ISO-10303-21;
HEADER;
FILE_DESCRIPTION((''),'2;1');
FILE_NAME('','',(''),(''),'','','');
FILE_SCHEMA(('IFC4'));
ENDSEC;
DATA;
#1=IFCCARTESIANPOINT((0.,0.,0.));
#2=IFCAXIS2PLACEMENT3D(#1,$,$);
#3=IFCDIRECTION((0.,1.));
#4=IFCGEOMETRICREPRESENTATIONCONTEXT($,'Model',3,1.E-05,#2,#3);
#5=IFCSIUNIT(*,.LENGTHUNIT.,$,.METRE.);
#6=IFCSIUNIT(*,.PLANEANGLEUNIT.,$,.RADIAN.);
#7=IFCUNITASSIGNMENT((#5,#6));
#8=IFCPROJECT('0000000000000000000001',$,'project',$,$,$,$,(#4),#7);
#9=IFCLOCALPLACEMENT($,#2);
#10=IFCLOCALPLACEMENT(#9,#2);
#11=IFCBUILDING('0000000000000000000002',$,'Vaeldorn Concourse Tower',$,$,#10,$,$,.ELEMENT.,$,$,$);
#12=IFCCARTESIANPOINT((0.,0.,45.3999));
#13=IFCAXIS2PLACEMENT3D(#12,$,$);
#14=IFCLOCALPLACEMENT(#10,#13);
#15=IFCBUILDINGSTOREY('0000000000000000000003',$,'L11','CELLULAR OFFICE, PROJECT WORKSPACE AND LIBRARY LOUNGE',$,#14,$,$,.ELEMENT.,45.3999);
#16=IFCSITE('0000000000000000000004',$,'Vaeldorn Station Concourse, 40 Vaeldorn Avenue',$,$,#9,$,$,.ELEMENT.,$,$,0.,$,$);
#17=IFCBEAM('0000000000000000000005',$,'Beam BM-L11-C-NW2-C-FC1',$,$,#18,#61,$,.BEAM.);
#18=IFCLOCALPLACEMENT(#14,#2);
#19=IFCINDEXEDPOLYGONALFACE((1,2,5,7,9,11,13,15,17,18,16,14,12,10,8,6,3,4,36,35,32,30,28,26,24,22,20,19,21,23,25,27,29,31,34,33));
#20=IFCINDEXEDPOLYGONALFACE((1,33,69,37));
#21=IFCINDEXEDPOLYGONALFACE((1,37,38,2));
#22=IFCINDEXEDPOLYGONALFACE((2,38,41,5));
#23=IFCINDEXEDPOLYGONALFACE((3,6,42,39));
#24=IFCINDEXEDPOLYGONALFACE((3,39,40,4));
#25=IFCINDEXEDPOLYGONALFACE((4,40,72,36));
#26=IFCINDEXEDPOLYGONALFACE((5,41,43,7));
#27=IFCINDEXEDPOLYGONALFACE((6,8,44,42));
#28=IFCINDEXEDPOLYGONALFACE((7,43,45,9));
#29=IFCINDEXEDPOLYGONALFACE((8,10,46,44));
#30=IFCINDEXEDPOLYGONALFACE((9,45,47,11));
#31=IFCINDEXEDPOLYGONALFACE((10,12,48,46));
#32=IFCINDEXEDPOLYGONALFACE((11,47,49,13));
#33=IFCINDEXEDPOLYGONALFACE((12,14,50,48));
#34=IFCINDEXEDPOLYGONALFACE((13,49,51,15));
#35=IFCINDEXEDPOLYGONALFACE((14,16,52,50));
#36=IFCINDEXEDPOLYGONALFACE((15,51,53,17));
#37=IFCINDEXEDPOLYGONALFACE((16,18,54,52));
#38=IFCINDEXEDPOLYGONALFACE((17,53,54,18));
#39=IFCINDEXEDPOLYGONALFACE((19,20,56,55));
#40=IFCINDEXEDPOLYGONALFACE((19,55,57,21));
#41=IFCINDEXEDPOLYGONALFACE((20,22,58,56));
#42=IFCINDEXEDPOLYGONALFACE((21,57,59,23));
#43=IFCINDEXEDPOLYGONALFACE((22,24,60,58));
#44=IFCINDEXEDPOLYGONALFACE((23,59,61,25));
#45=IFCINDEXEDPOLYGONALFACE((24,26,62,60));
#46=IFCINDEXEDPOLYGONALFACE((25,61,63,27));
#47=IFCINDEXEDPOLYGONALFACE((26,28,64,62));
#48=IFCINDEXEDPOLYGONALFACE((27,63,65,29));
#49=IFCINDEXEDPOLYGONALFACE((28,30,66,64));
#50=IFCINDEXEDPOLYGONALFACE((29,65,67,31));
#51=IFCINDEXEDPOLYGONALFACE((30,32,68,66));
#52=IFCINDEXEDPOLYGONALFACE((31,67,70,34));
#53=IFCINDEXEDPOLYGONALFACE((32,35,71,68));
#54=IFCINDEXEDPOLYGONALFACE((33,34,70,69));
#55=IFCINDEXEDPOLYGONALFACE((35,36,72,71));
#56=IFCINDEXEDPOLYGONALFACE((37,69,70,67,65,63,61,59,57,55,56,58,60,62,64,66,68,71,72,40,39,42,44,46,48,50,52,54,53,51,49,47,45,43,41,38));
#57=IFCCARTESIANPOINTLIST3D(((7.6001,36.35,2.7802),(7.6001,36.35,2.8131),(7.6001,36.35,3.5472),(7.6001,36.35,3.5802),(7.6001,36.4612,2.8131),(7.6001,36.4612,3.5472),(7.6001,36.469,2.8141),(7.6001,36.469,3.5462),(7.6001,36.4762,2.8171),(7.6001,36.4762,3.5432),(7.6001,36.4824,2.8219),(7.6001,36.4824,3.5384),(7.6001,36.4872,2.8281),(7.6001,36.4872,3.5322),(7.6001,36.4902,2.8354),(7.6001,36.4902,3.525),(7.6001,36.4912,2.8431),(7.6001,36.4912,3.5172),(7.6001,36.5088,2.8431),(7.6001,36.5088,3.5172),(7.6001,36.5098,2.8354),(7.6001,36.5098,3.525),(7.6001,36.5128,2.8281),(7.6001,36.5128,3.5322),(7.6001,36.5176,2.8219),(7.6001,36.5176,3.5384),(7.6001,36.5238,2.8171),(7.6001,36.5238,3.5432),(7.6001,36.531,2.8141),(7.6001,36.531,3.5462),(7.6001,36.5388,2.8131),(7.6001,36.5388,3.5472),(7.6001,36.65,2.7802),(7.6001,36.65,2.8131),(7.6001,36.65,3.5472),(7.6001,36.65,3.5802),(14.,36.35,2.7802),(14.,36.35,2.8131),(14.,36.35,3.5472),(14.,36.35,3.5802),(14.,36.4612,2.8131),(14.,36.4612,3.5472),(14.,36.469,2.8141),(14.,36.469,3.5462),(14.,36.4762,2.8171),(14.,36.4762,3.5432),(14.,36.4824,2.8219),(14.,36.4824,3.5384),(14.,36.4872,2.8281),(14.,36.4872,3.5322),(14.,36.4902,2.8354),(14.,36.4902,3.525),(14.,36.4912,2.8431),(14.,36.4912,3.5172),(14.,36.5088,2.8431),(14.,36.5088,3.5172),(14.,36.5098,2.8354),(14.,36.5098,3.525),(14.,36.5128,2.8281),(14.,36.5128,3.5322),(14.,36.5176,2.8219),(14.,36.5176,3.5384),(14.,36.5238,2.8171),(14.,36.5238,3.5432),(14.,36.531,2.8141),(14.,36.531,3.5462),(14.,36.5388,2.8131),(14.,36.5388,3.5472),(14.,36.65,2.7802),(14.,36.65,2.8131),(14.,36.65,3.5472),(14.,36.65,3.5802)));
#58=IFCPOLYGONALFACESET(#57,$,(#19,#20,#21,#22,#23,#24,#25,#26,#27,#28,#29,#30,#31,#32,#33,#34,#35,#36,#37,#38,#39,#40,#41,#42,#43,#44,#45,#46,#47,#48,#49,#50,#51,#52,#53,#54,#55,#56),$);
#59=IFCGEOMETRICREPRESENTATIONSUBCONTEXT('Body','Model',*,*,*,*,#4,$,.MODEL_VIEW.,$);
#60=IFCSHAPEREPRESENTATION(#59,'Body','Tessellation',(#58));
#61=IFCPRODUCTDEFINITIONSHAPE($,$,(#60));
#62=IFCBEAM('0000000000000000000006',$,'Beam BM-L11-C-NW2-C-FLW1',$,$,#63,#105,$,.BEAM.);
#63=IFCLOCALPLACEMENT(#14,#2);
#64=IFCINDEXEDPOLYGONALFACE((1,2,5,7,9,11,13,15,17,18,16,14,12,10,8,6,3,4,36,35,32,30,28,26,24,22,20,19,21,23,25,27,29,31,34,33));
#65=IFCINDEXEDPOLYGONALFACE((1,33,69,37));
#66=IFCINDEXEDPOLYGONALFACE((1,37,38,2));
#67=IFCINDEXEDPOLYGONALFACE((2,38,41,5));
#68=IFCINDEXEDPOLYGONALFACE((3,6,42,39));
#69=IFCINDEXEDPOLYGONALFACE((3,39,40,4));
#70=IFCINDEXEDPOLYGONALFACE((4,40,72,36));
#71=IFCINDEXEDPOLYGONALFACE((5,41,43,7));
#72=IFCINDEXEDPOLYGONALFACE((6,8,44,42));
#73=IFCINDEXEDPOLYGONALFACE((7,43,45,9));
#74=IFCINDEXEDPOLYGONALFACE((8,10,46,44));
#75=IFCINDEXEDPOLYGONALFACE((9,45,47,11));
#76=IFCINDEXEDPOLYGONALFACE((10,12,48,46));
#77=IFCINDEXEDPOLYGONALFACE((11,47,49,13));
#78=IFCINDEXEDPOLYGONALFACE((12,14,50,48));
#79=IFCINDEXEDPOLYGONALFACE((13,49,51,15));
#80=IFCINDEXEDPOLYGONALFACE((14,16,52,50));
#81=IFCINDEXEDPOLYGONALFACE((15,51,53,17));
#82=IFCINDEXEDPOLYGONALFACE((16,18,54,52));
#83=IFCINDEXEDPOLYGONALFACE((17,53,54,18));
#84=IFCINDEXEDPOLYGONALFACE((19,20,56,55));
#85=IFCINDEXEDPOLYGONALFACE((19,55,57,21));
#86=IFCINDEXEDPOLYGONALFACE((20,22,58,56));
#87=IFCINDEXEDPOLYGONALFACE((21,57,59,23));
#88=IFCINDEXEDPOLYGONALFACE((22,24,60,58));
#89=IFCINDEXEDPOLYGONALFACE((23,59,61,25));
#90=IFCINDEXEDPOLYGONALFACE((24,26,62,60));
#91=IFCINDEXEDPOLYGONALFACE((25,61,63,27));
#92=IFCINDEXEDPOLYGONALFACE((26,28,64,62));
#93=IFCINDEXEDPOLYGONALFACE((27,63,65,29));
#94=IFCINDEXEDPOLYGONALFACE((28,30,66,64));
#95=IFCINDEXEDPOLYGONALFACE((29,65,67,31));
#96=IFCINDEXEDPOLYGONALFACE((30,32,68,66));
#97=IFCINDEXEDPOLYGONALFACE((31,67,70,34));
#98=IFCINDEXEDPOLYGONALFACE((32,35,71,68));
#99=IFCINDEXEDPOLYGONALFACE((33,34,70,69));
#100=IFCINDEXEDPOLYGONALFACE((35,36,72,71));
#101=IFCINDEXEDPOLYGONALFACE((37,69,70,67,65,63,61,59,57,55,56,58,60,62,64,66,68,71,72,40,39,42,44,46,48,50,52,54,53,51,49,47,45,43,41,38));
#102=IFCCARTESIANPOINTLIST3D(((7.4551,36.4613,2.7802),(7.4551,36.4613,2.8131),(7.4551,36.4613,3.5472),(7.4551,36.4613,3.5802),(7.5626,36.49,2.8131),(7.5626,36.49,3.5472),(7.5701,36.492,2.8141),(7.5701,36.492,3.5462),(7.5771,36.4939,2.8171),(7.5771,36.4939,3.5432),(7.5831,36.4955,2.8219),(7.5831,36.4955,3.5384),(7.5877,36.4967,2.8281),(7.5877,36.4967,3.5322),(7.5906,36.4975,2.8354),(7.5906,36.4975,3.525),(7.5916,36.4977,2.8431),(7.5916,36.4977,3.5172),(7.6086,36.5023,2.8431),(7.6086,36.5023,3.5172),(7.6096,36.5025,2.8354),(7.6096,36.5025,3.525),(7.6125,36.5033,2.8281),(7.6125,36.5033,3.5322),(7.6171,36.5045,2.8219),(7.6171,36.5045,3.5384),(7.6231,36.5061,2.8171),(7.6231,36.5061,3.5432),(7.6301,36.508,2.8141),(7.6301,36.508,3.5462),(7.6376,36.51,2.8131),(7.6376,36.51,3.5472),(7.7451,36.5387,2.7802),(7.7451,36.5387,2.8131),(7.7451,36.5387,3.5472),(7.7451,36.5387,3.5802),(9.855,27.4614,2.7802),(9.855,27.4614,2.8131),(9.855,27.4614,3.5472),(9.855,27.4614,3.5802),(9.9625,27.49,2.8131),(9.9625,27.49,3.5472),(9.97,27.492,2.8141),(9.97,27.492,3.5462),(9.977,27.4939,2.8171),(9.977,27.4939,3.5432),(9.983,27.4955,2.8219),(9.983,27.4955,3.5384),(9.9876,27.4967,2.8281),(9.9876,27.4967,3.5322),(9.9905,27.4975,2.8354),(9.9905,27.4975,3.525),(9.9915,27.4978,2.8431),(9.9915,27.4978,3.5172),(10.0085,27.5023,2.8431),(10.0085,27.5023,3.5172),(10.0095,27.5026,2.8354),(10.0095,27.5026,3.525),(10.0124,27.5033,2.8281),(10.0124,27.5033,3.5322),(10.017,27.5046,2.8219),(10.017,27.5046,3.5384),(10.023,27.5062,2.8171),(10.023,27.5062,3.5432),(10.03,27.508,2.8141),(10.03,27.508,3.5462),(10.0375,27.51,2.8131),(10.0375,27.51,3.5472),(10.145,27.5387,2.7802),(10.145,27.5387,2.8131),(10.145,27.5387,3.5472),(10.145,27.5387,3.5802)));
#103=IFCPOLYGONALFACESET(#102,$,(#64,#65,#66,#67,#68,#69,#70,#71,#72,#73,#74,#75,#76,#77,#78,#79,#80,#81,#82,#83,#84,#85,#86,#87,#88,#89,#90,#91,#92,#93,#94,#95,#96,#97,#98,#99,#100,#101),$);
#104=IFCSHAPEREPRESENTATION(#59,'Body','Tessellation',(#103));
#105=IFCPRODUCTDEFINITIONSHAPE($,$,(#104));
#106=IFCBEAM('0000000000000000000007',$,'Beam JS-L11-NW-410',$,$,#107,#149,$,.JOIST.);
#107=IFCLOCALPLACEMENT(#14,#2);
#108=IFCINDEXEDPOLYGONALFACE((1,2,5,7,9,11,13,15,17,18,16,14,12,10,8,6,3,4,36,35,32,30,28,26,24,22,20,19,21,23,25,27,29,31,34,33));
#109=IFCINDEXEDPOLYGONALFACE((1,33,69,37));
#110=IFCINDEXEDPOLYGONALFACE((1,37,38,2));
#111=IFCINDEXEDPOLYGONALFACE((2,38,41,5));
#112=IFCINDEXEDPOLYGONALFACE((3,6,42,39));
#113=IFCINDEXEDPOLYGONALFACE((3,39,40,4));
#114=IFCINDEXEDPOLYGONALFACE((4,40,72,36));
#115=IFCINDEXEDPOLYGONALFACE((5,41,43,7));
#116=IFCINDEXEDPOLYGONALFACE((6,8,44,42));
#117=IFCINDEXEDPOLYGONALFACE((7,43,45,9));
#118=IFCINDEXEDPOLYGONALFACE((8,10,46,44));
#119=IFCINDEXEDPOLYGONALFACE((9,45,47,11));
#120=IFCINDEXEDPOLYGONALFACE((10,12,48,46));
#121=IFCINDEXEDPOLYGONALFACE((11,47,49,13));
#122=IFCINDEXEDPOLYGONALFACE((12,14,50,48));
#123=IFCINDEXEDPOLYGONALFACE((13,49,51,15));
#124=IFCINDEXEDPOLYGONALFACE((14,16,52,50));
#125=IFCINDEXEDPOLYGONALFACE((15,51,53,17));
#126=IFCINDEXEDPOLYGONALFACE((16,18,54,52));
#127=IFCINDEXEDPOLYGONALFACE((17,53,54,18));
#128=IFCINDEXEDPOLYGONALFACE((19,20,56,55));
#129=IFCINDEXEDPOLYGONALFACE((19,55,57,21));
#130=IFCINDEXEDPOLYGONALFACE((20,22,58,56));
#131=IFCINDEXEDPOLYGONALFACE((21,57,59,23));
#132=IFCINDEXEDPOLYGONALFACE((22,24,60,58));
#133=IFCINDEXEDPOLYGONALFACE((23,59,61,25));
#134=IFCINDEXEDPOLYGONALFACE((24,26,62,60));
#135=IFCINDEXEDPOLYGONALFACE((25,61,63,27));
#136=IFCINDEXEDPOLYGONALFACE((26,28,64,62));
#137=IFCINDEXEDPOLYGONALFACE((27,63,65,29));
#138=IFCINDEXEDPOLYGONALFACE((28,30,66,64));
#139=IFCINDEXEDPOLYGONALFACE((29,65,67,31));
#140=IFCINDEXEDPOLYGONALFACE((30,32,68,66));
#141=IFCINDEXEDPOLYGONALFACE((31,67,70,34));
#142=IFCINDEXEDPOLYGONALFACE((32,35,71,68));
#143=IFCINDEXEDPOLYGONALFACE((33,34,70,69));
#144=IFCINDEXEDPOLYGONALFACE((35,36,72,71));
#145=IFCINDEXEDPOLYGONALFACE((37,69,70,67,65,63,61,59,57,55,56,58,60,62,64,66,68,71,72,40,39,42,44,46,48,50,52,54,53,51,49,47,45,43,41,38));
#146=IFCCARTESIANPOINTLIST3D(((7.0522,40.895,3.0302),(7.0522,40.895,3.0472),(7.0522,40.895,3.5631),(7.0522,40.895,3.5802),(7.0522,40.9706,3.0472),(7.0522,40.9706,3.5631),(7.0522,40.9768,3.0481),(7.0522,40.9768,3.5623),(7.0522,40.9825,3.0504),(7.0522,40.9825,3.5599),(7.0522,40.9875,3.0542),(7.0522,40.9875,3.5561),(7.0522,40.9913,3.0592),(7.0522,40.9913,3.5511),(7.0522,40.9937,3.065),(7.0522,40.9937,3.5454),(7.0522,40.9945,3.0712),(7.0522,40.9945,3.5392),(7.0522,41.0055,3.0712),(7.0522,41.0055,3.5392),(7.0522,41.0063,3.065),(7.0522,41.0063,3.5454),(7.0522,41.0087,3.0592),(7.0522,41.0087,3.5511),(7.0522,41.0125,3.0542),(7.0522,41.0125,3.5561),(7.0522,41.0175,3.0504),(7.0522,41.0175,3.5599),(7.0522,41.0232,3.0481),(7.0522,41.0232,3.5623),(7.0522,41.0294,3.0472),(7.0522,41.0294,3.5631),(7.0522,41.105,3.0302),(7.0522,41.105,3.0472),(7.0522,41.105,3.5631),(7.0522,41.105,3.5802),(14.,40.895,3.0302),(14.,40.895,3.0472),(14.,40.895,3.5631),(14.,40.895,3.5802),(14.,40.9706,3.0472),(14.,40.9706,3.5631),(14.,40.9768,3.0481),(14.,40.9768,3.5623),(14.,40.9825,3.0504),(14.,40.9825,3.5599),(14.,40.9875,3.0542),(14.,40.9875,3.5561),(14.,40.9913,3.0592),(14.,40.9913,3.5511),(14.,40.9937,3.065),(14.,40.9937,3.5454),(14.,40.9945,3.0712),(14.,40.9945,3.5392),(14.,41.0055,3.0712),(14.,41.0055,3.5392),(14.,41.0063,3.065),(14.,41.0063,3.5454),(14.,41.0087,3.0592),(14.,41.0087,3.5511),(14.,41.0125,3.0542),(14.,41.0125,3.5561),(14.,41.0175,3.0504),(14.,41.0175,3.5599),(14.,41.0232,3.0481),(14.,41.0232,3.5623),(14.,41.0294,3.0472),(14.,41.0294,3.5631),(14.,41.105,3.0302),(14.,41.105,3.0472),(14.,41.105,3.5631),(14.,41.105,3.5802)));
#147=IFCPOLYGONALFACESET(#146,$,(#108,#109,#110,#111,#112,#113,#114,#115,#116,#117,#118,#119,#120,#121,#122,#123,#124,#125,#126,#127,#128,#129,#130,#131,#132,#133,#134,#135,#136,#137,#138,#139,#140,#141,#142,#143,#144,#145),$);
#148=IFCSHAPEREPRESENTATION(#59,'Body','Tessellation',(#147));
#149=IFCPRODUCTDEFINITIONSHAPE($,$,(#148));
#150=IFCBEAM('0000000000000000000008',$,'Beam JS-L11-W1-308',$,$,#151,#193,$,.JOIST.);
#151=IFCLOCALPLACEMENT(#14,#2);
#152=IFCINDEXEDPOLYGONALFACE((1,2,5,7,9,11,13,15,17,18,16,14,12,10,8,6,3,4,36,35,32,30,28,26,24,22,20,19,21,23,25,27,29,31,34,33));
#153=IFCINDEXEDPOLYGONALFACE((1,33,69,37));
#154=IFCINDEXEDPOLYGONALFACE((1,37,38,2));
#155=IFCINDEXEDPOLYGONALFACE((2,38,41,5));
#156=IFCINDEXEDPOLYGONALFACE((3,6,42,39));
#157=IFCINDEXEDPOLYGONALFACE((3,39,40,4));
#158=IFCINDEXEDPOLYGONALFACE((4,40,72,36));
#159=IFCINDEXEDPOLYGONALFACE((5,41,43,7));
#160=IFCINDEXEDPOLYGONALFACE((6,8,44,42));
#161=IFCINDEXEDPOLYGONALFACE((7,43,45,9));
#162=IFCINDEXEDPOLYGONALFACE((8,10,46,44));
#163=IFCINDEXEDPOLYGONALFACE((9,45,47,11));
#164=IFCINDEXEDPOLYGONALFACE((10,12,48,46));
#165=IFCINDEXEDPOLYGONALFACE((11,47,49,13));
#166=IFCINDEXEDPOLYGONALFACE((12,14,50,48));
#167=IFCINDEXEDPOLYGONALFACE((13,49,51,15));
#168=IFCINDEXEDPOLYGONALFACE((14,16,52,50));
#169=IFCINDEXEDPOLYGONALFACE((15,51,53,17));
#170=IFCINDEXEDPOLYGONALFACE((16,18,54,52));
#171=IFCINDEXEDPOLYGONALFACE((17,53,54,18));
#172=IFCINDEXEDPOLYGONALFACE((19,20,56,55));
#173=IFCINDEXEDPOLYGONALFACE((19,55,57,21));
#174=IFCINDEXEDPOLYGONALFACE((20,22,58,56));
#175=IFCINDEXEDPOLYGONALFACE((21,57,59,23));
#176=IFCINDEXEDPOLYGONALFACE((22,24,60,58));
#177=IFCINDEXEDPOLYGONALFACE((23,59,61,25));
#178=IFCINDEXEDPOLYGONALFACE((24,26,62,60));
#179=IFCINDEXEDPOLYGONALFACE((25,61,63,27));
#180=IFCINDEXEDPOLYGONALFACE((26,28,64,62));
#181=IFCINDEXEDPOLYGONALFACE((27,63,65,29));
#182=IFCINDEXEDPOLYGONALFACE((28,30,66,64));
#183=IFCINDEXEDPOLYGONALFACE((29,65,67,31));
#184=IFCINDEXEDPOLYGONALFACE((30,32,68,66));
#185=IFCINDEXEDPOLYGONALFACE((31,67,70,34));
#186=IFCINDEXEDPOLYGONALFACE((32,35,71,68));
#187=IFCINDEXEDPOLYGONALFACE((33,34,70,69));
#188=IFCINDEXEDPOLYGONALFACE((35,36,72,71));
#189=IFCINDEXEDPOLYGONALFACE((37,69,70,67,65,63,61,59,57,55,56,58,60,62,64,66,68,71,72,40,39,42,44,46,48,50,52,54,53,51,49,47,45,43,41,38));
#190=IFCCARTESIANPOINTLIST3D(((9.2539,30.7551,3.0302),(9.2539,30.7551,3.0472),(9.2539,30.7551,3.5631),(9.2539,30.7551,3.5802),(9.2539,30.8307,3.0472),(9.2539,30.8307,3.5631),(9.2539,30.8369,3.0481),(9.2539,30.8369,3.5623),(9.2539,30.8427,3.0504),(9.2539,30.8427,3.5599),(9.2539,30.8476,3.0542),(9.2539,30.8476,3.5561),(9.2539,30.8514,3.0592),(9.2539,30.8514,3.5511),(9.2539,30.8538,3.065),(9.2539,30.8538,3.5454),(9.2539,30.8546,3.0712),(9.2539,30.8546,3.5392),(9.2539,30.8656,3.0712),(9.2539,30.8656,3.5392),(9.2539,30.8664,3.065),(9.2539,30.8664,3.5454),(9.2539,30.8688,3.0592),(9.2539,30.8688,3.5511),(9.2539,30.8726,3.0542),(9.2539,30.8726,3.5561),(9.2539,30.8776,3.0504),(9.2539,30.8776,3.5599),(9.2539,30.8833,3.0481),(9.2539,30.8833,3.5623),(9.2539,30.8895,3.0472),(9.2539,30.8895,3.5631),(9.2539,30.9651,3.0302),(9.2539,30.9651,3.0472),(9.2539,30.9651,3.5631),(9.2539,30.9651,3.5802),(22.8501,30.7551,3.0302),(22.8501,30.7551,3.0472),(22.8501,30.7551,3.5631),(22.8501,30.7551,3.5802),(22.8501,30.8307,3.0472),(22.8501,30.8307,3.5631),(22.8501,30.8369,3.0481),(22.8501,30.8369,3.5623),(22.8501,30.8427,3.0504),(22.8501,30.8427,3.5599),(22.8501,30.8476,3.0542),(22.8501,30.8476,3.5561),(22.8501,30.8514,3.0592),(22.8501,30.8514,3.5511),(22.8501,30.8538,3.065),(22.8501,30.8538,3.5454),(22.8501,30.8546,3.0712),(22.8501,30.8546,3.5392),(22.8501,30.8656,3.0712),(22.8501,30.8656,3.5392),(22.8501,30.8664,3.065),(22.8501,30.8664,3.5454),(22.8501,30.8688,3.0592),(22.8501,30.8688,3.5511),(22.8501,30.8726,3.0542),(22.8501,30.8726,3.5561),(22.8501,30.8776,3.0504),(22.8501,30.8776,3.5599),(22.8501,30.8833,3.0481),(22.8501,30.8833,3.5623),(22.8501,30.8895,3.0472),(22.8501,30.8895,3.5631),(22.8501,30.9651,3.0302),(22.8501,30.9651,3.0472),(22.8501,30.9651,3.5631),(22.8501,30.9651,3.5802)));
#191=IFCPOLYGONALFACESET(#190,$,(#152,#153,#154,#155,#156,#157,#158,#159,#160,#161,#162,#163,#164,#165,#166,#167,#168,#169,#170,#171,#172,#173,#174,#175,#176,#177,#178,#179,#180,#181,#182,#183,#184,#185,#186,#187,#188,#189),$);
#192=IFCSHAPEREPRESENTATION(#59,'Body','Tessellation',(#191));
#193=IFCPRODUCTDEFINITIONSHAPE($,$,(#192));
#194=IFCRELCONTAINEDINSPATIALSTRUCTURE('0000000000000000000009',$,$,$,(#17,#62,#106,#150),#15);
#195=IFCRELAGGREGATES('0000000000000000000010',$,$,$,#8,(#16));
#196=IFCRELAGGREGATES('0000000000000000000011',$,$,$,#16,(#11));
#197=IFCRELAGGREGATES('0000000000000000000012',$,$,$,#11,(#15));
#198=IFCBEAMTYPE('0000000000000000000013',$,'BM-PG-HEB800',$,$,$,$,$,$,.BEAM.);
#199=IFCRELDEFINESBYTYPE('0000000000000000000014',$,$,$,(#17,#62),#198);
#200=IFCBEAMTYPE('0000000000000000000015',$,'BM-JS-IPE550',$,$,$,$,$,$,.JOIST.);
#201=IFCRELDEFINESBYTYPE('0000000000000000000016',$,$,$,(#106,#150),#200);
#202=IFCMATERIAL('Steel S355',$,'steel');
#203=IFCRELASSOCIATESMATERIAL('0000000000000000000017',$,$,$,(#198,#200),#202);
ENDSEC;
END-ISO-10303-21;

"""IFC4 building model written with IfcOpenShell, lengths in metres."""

from ifc_helpers import new_model, si_unit, direction, frame, origin, origin_2d, place, context, subcontext, project, spatial, i_section, extrude, source, transform, mapped, material, material_profile, profile_set, type_object, element, save


model = new_model("IFC4")

# Units and contexts
model_context = context("Model", 3, precision=1e-05, world=origin(), true_north=direction((0.0, 1.0)))
body_context = subcontext(model_context, "Body", "Model", "MODEL_VIEW")
ifc_project = project(units=[si_unit("LENGTHUNIT", "METRE"), si_unit("PLANEANGLEUNIT", "RADIAN")], contexts=[model_context])

# Site, building, storey
site_placement = place(None, origin())
site = spatial("IfcSite", under=ifc_project, at=site_placement, Name="Vaeldorn Station Concourse, 40 Vaeldorn Avenue", CompositionType="ELEMENT", RefElevation=0.0)
building_placement = place(site_placement, origin())
building = spatial("IfcBuilding", under=site, at=building_placement, Name="Vaeldorn Concourse Tower", CompositionType="ELEMENT")
storey_placement = place(building_placement, frame((0.0, 0.0, 45.3999)))
storey = spatial("IfcBuildingStorey", under=building, at=storey_placement, Name="L11", Description="CELLULAR OFFICE, PROJECT WORKSPACE AND LIBRARY LOUNGE", CompositionType="ELEMENT", Elevation=45.3999)

# Beams
ifc_material_1 = material(Name="Steel S355", Category="steel")
ifc_material_profile_1 = material_profile(ifc_material_1, i_section(OverallWidth=0.3, OverallDepth=0.8, WebThickness=0.0176, FlangeThickness=0.033, FilletRadius=0.03, at=origin_2d()), Name="HEB 800")
ifc_profile_set_1 = profile_set([ifc_material_profile_1], Name="Steel S355")
beam_type_1 = type_object("IfcBeamType", Name="BM-PG-HEB800", PredefinedType="BEAM", material=ifc_profile_set_1)
shared_shape_1 = source(origin(), body_context, "Body", "SweptSolid", [
    extrude(i_section(OverallWidth=0.3, OverallDepth=0.8, WebThickness=0.0176, FlangeThickness=0.033, FilletRadius=0.03, at=origin_2d()), origin(), (0.0, 0.0, 1.0), 6.3999),
])
beam_1_placement = place(storey_placement, frame((7.6001, 36.5, 3.1802), z_axis=(1.0, 0.0, 0.0), x_axis=(0.0, 1.0, 0.0)))
element("IfcBeam", 1, at=beam_1_placement, inside=storey, type_object=beam_type_1, Name="Beam BM-L11-C-NW2-C-FC1", PredefinedType="BEAM", context=body_context, shape_type="MappedRepresentation", body=[
    mapped(shared_shape_1, transform((0.0, 0.0, 0.0), scale=1.0)),
])
shared_shape_2 = source(origin(), body_context, "Body", "SweptSolid", [
    extrude(i_section(OverallWidth=0.3, OverallDepth=0.8, WebThickness=0.0176, FlangeThickness=0.033, FilletRadius=0.03, at=origin_2d()), origin(), (0.0, 0.0, 1.0), 9.3145),
])
beam_2_placement = place(storey_placement, frame((7.6001, 36.5, 3.1802), z_axis=(0.257653, -0.966238, 0.0), x_axis=(0.966238, 0.257653, 0.0)))
element("IfcBeam", 2, at=beam_2_placement, inside=storey, type_object=beam_type_1, Name="Beam BM-L11-C-NW2-C-FLW1", PredefinedType="BEAM", context=body_context, shape_type="MappedRepresentation", body=[
    mapped(shared_shape_2, transform((0.0, 0.0, 0.0), scale=1.0)),
])
ifc_material_profile_2 = material_profile(ifc_material_1, i_section(OverallWidth=0.21, OverallDepth=0.55, WebThickness=0.011, FlangeThickness=0.0171, FilletRadius=0.0239, at=origin_2d()), Name="IPE 550")
ifc_profile_set_2 = profile_set([ifc_material_profile_2], Name="Steel S355")
beam_type_2 = type_object("IfcBeamType", Name="BM-JS-IPE550", PredefinedType="JOIST", material=ifc_profile_set_2)
shared_shape_3 = source(origin(), body_context, "Body", "SweptSolid", [
    extrude(i_section(OverallWidth=0.21, OverallDepth=0.55, WebThickness=0.011, FlangeThickness=0.0171, FilletRadius=0.0239, at=origin_2d()), origin(), (0.0, 0.0, 1.0), 6.9478),
])
beam_3_placement = place(storey_placement, frame((7.0522, 41.0, 3.3052), z_axis=(1.0, 0.0, 0.0), x_axis=(0.0, 1.0, 0.0)))
element("IfcBeam", 3, at=beam_3_placement, inside=storey, type_object=beam_type_2, Name="Beam JS-L11-NW-410", PredefinedType="JOIST", context=body_context, shape_type="MappedRepresentation", body=[
    mapped(shared_shape_3, transform((0.0, 0.0, 0.0), scale=1.0)),
])
shared_shape_4 = source(origin(), body_context, "Body", "SweptSolid", [
    extrude(i_section(OverallWidth=0.21, OverallDepth=0.55, WebThickness=0.011, FlangeThickness=0.0171, FilletRadius=0.0239, at=origin_2d()), origin(), (0.0, 0.0, 1.0), 13.5962),
])
beam_4_placement = place(storey_placement, frame((9.2539, 30.8601, 3.3052), z_axis=(1.0, 0.0, 0.0), x_axis=(0.0, 1.0, 0.0)))
element("IfcBeam", 4, at=beam_4_placement, inside=storey, type_object=beam_type_2, Name="Beam JS-L11-W1-308", PredefinedType="JOIST", context=body_context, shape_type="MappedRepresentation", body=[
    mapped(shared_shape_4, transform((0.0, 0.0, 0.0), scale=1.0)),
])

save(model, "model.ifc")
